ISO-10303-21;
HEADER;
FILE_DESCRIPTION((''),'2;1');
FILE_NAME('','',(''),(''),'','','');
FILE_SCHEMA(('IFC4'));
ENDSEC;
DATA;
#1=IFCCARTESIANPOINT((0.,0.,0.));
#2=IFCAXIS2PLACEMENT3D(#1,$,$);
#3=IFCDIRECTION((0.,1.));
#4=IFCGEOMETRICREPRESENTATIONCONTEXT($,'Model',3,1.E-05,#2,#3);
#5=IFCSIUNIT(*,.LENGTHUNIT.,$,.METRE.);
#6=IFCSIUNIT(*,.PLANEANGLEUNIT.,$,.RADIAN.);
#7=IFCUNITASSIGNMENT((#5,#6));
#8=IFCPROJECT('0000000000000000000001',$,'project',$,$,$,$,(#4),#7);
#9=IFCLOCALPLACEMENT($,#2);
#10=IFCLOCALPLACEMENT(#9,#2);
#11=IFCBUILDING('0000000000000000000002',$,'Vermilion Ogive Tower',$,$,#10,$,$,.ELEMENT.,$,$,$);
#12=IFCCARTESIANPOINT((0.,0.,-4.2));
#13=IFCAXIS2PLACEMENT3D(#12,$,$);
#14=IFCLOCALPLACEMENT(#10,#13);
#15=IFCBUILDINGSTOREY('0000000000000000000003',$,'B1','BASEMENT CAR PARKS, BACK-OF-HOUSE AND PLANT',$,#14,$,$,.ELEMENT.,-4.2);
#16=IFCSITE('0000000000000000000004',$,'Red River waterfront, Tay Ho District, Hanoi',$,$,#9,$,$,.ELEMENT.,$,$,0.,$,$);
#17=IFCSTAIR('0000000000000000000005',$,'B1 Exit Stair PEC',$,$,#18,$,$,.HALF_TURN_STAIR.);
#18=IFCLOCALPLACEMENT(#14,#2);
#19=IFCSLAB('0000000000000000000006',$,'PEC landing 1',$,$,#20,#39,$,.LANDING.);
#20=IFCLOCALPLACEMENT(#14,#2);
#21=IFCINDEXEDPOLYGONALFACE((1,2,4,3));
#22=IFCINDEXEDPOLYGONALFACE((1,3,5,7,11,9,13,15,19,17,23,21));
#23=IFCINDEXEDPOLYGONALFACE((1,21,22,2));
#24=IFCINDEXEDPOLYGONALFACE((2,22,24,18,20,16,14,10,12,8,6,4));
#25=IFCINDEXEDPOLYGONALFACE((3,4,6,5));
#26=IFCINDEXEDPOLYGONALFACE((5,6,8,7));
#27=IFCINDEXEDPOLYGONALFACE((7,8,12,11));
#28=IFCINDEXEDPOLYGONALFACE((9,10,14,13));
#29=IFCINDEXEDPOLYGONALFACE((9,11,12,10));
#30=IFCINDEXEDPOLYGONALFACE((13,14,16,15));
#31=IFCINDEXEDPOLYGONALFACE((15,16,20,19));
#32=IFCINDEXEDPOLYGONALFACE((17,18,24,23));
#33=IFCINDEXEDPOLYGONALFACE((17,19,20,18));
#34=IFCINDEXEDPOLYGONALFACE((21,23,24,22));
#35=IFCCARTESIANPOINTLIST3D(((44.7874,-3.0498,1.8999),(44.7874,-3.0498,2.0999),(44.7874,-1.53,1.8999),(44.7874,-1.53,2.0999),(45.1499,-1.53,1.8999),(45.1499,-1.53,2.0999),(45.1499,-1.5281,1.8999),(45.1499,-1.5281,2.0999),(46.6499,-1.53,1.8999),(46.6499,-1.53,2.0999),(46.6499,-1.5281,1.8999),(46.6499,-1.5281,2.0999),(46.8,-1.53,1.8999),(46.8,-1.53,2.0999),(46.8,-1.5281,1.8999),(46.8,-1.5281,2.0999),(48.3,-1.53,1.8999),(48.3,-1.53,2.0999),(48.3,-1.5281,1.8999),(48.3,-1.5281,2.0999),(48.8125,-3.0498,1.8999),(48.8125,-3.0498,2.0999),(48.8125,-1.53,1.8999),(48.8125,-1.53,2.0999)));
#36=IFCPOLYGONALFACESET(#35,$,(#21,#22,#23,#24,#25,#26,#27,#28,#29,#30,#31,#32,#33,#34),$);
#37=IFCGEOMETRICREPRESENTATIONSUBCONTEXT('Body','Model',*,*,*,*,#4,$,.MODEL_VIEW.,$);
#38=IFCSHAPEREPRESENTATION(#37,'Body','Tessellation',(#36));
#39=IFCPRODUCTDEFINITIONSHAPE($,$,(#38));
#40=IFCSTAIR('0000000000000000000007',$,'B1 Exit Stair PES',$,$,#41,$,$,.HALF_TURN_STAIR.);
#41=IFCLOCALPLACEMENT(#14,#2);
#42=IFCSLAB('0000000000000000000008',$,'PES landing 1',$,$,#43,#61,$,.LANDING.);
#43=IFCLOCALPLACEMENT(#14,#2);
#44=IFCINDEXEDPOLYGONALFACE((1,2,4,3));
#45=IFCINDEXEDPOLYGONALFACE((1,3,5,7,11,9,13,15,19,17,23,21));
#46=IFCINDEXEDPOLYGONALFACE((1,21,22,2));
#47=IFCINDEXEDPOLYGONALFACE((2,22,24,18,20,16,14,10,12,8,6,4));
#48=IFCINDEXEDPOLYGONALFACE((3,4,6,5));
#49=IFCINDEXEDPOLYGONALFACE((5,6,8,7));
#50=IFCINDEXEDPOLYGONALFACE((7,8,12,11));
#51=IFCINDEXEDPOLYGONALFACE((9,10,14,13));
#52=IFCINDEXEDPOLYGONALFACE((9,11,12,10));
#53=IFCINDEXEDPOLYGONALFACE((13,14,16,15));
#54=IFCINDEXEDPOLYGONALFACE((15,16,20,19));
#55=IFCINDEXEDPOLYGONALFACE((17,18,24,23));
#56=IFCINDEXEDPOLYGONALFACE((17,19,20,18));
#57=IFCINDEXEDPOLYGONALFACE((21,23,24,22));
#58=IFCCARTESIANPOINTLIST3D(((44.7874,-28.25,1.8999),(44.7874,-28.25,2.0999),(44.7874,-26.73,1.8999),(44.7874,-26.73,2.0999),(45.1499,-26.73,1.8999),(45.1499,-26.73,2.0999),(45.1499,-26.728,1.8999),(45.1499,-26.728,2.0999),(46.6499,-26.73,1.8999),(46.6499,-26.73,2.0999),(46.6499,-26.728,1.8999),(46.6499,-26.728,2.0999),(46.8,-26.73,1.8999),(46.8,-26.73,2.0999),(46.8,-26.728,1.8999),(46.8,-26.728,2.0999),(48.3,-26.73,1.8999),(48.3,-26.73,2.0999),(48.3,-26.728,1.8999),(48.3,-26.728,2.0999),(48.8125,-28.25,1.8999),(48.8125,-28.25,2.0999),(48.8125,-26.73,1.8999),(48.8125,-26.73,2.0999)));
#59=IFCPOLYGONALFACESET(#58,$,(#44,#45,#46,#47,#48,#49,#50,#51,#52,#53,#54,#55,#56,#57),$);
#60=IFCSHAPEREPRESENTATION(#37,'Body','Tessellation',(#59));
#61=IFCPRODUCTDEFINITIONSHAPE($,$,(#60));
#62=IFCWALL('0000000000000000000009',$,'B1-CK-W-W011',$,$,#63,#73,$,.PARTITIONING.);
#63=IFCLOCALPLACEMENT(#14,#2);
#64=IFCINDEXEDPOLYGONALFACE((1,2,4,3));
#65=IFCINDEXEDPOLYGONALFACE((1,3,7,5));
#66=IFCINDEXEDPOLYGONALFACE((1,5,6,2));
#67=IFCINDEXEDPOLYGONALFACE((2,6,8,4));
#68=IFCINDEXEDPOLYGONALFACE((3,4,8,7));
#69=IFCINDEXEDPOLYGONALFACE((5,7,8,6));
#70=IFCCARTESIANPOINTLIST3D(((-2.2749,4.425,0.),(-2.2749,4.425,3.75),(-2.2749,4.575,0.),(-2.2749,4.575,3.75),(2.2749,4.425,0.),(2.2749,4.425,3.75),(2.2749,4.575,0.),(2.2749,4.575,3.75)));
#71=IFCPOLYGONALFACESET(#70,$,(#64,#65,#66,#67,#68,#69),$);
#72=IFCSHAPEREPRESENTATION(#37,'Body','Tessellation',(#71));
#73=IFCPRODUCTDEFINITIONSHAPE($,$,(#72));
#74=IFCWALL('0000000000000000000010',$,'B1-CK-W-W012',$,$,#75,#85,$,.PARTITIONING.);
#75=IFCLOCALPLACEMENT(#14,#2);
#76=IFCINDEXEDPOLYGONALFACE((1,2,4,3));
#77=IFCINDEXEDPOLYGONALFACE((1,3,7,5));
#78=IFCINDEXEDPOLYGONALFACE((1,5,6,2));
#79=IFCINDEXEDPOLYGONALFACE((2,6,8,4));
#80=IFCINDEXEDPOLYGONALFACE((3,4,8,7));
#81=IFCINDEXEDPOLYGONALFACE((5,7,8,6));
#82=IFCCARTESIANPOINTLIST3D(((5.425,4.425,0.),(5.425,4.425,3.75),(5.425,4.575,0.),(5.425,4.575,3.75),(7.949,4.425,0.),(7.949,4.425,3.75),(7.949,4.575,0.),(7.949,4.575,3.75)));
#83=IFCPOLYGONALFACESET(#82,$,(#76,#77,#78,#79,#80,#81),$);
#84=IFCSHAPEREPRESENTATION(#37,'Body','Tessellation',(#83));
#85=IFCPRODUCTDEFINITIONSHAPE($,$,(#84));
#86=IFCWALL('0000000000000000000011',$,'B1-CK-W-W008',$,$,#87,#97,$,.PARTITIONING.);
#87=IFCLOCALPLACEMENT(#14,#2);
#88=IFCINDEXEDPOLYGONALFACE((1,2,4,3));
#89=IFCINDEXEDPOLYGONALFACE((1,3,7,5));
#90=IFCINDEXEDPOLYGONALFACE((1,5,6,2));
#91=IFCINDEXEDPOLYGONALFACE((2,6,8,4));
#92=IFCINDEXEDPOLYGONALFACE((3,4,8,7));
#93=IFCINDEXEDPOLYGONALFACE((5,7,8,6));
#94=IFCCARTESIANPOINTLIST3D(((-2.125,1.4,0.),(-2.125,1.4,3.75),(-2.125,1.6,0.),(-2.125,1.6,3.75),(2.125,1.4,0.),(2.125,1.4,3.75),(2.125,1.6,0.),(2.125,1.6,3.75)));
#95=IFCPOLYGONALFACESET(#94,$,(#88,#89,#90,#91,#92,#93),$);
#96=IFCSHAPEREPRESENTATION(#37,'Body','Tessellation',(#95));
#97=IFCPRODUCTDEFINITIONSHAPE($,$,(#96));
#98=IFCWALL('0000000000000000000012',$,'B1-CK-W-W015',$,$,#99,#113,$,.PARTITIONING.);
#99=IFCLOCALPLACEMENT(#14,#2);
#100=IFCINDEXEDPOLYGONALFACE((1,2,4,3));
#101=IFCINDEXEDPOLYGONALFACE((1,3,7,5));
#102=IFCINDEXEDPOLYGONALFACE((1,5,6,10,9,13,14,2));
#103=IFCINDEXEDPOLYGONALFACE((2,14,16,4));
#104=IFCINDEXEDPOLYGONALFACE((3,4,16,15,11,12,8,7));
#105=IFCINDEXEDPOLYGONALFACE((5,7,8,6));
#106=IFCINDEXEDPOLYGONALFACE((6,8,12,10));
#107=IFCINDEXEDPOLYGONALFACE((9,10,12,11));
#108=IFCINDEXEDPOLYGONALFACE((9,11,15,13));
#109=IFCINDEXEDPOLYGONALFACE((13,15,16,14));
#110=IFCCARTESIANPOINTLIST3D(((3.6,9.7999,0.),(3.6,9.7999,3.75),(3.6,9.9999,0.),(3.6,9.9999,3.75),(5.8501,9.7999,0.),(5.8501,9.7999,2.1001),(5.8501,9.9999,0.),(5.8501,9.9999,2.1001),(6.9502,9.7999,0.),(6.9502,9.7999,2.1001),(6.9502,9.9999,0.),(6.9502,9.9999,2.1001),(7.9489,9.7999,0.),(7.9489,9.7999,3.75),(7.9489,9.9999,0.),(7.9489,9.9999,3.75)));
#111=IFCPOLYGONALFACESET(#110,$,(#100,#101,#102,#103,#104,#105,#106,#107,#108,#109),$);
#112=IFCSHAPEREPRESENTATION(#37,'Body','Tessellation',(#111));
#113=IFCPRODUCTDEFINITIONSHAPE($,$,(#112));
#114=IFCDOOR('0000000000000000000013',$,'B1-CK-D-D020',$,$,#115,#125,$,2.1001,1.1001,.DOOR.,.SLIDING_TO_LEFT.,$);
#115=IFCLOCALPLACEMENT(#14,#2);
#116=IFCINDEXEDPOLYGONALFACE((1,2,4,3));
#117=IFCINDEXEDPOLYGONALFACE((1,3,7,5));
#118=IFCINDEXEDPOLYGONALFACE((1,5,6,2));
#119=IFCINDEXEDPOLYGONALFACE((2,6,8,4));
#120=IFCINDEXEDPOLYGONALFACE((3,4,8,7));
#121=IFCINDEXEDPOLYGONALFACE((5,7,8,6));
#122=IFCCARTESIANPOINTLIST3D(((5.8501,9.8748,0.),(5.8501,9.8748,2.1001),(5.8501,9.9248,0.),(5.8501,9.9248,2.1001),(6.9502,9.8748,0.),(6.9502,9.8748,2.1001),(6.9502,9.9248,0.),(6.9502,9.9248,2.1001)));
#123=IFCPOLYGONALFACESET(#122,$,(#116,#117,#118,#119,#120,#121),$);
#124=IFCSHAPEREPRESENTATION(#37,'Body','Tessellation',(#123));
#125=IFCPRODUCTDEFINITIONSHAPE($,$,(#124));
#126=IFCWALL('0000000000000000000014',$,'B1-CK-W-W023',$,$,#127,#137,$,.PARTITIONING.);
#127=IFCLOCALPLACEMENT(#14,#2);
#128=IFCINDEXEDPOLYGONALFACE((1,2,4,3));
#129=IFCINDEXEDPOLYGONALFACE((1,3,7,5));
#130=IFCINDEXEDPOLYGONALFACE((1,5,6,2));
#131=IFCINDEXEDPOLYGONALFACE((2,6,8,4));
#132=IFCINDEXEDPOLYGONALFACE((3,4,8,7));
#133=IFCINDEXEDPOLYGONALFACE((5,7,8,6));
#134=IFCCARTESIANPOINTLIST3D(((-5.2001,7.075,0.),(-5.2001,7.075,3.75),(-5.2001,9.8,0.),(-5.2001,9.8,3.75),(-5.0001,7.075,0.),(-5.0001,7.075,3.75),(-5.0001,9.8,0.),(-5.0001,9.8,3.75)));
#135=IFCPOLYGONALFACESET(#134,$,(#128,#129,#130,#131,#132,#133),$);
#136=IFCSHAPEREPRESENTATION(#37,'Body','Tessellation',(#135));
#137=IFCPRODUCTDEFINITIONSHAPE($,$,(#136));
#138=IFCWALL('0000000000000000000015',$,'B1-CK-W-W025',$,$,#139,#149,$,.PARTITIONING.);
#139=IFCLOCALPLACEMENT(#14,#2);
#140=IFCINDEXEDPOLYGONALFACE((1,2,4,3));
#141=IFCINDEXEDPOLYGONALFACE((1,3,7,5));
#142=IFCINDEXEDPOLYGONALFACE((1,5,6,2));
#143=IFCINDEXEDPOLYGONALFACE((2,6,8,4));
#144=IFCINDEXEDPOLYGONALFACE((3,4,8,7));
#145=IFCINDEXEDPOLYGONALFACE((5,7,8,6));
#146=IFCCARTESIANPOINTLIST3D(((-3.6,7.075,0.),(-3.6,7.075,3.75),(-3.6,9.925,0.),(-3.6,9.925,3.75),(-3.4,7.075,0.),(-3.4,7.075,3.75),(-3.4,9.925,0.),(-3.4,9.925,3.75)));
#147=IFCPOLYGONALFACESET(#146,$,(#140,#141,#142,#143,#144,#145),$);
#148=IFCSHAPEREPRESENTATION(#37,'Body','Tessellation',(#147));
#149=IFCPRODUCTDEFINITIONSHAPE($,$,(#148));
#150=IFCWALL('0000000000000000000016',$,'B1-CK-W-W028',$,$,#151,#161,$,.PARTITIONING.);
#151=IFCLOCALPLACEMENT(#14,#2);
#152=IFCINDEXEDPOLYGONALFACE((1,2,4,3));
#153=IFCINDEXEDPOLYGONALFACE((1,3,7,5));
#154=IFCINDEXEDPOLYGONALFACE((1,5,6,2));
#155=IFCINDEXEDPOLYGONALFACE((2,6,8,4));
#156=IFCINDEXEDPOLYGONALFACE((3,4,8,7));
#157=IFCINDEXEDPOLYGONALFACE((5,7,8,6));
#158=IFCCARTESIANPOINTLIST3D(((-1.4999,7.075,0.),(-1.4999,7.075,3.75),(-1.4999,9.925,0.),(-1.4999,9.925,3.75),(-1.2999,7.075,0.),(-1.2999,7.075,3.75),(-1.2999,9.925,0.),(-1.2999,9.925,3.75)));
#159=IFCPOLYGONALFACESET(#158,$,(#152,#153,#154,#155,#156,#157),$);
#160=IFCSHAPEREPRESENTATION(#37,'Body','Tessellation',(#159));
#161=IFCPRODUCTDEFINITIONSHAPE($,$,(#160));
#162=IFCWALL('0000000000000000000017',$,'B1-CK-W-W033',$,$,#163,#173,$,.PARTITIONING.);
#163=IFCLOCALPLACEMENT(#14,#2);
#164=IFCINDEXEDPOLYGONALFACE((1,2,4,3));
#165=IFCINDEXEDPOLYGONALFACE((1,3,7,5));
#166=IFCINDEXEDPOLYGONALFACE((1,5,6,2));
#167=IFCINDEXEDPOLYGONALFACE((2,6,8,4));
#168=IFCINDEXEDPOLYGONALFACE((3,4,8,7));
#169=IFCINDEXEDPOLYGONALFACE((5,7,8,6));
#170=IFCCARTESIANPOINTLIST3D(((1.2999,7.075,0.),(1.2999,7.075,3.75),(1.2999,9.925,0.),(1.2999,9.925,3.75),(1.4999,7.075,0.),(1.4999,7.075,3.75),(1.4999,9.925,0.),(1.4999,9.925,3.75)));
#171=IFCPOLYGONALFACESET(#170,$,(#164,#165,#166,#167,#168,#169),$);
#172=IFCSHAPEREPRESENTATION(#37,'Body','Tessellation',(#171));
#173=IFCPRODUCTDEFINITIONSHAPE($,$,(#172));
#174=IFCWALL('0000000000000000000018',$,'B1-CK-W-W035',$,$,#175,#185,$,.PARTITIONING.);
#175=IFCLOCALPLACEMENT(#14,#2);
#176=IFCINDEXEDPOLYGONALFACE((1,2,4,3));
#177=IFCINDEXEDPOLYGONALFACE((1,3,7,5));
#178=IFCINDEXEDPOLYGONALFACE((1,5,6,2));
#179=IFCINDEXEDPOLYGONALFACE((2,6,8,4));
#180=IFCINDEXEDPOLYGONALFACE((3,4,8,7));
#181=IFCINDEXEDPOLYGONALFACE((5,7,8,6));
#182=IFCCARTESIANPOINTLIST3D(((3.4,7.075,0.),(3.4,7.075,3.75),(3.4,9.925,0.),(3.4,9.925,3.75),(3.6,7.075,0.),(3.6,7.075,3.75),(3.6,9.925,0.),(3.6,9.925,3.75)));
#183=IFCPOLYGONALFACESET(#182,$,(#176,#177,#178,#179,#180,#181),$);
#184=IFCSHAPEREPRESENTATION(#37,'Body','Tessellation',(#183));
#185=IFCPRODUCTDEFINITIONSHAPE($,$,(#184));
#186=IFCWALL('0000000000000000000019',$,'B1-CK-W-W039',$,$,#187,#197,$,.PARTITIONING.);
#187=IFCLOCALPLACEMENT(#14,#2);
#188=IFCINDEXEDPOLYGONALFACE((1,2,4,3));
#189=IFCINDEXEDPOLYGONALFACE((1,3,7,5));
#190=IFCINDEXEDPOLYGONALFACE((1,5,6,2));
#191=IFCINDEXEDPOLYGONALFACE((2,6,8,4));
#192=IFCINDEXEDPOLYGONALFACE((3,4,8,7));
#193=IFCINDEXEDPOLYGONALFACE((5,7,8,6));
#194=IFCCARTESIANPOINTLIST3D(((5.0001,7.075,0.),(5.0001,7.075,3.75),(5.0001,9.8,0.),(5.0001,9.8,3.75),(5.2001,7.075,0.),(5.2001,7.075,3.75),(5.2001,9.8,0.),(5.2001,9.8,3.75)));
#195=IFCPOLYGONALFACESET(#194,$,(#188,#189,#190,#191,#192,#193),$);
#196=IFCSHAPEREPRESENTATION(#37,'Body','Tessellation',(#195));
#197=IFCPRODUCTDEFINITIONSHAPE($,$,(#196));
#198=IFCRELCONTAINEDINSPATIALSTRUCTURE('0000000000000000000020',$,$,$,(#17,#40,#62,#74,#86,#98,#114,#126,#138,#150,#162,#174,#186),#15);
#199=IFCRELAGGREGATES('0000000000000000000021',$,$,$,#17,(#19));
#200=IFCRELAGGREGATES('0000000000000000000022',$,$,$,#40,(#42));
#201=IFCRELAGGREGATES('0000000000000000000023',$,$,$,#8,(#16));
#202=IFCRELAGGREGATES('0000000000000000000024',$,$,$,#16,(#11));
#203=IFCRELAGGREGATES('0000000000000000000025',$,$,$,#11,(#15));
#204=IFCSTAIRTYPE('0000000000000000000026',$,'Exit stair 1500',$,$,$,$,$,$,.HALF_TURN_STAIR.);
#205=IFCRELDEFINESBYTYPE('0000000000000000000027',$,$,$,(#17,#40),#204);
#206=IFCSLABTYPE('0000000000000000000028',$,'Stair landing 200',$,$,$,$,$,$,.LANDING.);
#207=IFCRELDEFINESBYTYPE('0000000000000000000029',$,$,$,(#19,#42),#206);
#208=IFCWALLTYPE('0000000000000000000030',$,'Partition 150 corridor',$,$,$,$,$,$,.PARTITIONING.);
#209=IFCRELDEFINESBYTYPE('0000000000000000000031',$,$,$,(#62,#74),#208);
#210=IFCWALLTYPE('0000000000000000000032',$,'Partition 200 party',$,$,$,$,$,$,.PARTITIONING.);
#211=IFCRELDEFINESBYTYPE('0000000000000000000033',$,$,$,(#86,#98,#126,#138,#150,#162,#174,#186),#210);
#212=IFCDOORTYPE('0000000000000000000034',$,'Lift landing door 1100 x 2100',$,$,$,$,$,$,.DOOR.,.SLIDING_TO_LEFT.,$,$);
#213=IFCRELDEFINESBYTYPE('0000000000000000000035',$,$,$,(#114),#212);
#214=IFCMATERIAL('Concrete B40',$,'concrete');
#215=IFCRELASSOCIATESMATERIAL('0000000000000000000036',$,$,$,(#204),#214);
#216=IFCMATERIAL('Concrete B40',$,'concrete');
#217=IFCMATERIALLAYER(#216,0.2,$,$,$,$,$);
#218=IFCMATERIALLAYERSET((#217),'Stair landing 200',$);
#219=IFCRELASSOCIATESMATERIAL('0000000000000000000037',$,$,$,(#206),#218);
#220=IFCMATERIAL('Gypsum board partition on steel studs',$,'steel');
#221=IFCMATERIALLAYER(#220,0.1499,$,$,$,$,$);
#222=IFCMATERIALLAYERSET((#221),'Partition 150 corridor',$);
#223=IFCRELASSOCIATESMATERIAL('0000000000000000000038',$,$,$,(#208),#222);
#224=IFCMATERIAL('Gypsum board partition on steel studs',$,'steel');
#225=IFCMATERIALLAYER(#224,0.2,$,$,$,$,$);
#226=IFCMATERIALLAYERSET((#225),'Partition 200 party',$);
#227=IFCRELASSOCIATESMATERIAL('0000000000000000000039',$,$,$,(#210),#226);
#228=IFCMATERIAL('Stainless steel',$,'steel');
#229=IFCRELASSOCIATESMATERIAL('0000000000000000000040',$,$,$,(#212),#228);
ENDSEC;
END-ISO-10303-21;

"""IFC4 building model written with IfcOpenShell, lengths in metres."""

from ifc_helpers import new_model, si_unit, direction, frame, frame_2d, origin, place, context, subcontext, project, spatial, polyline, rectangle, outline, extrude, material, layer, layer_set, type_object, element, fill, aggregate, save


model = new_model("IFC4")

# Units and contexts
model_context = context("Model", 3, precision=1e-05, world=origin(), true_north=direction((0.0, 1.0)))
body_context = subcontext(model_context, "Body", "Model", "MODEL_VIEW")
ifc_project = project(units=[si_unit("LENGTHUNIT", "METRE"), si_unit("PLANEANGLEUNIT", "RADIAN")], contexts=[model_context])

# Site, building, storey
site_placement = place(None, origin())
site = spatial("IfcSite", under=ifc_project, at=site_placement, Name="Red River waterfront, Tay Ho District, Hanoi", CompositionType="ELEMENT", RefElevation=0.0)
building_placement = place(site_placement, origin())
building = spatial("IfcBuilding", under=site, at=building_placement, Name="Vermilion Ogive Tower", CompositionType="ELEMENT")
storey_placement = place(building_placement, frame((0.0, 0.0, -4.2)))
storey = spatial("IfcBuildingStorey", under=building, at=storey_placement, Name="B1", Description="BASEMENT CAR PARKS, BACK-OF-HOUSE AND PLANT", CompositionType="ELEMENT", Elevation=-4.2)

# Stairs, slabs
ifc_material_1 = material(Name="Concrete B40", Category="concrete")
stair_type = type_object("IfcStairType", Name="Exit stair 1500", PredefinedType="HALF_TURN_STAIR", material=ifc_material_1)
ifc_material_2 = material(Name="Concrete B40", Category="concrete")
ifc_layer_1 = layer(ifc_material_2, 0.2)
ifc_layer_set_1 = layer_set([ifc_layer_1], Name="Stair landing 200")
slab_type_1 = type_object("IfcSlabType", Name="Stair landing 200", PredefinedType="LANDING", material=ifc_layer_set_1)
stair_1_placement = place(storey_placement, origin())
stair_1 = element("IfcStair", 1, at=stair_1_placement, inside=storey, type_object=stair_type, Name="B1 Exit Stair PEC", PredefinedType="HALF_TURN_STAIR")
slab_1_placement = place(storey_placement, frame((0.0, 0.0, 1.8999)))
slab_1 = element("IfcSlab", 2, at=slab_1_placement, type_object=slab_type_1, Name="PEC landing 1", PredefinedType="LANDING", context=body_context, shape_type="SweptSolid", body=[
    extrude(outline(polyline([(48.8125, -1.53), (48.3, -1.53), (48.3, -1.5281), (46.8, -1.5281), (46.8, -1.53), (46.6499, -1.53), (46.6499, -1.5281), (45.1499, -1.5281), (45.1499, -1.53), (44.7874, -1.53), (44.7874, -3.0498), (48.8125, -3.0498), (48.8125, -1.53)])), origin(), (0.0, 0.0, 1.0), 0.2),
])
aggregate(stair_1, [slab_1])
stair_2_placement = place(storey_placement, origin())
stair_2 = element("IfcStair", 3, at=stair_2_placement, inside=storey, type_object=stair_type, Name="B1 Exit Stair PES", PredefinedType="HALF_TURN_STAIR")
slab_2_placement = place(storey_placement, frame((0.0, 0.0, 1.8999)))
slab_2 = element("IfcSlab", 4, at=slab_2_placement, type_object=slab_type_1, Name="PES landing 1", PredefinedType="LANDING", context=body_context, shape_type="SweptSolid", body=[
    extrude(outline(polyline([(48.8125, -26.73), (48.3, -26.73), (48.3, -26.728), (46.8, -26.728), (46.8, -26.73), (46.6499, -26.73), (46.6499, -26.728), (45.1499, -26.728), (45.1499, -26.73), (44.7874, -26.73), (44.7874, -28.25), (48.8125, -28.25), (48.8125, -26.73)])), origin(), (0.0, 0.0, 1.0), 0.2),
])
aggregate(stair_2, [slab_2])

# Walls
ifc_material_3 = material(Name="Gypsum board partition on steel studs", Category="steel")
ifc_layer_2 = layer(ifc_material_3, 0.1499)
ifc_layer_set_2 = layer_set([ifc_layer_2], Name="Partition 150 corridor")
wall_type_1 = type_object("IfcWallType", Name="Partition 150 corridor", PredefinedType="PARTITIONING", material=ifc_layer_set_2)
wall_1_placement = place(storey_placement, frame((-2.2749, 4.5, 0.0), z_axis=(0.0, 0.0, 1.0), x_axis=(1.0, 0.0, 0.0)))
element("IfcWall", 5, at=wall_1_placement, inside=storey, type_object=wall_type_1, Name="B1-CK-W-W011", PredefinedType="PARTITIONING", context=body_context, shape_type="SweptSolid", body=[
    extrude(rectangle(XDim=4.5498, YDim=0.1499, at=frame_2d((2.2749, 0.0))), origin(), (0.0, 0.0, 1.0), 3.75),
])
wall_2_placement = place(storey_placement, frame((5.425, 4.5, 0.0), z_axis=(0.0, 0.0, 1.0), x_axis=(1.0, 0.0, 0.0)))
element("IfcWall", 6, at=wall_2_placement, inside=storey, type_object=wall_type_1, Name="B1-CK-W-W012", PredefinedType="PARTITIONING", context=body_context, shape_type="SweptSolid", body=[
    extrude(rectangle(XDim=2.5239, YDim=0.1499, at=frame_2d((1.262, 0.0))), origin(), (0.0, 0.0, 1.0), 3.75),
])
ifc_material_4 = material(Name="Gypsum board partition on steel studs", Category="steel")
ifc_layer_3 = layer(ifc_material_4, 0.2)
ifc_layer_set_3 = layer_set([ifc_layer_3], Name="Partition 200 party")
wall_type_2 = type_object("IfcWallType", Name="Partition 200 party", PredefinedType="PARTITIONING", material=ifc_layer_set_3)
wall_3_placement = place(storey_placement, frame((-2.125, 1.5, 0.0), z_axis=(0.0, 0.0, 1.0), x_axis=(1.0, 0.0, 0.0)))
element("IfcWall", 7, at=wall_3_placement, inside=storey, type_object=wall_type_2, Name="B1-CK-W-W008", PredefinedType="PARTITIONING", context=body_context, shape_type="SweptSolid", body=[
    extrude(rectangle(XDim=4.25, YDim=0.2, at=frame_2d((2.125, 0.0))), origin(), (0.0, 0.0, 1.0), 3.75),
])

# Wall, opening, door
wall_4_placement = place(storey_placement, frame((3.6001, 9.8999, 0.0), z_axis=(0.0, 0.0, 1.0), x_axis=(1.0, 0.0, 0.0)))
wall_4 = element("IfcWall", 8, at=wall_4_placement, inside=storey, type_object=wall_type_2, Name="B1-CK-W-W015", PredefinedType="PARTITIONING", context=body_context, shape_type="SweptSolid", body=[
    extrude(rectangle(XDim=4.3489, YDim=0.2, at=frame_2d((2.1743, 0.0))), origin(), (0.0, 0.0, 1.0), 3.75),
])
opening_placement = place(wall_4_placement, frame((2.25, 0.0, 0.0)))
opening = element("IfcOpeningElement", 9, at=opening_placement, cuts=wall_4, PredefinedType="OPENING", context=body_context, shape_type="SweptSolid", body=[
    extrude(rectangle(XDim=1.1001, YDim=2.1001, at=frame_2d((0.55, 1.05))), frame((0.0, 0.1099, 0.0), z_axis=(0.0, -1.0, 0.0), x_axis=(1.0, 0.0, 0.0)), (0.0, 0.0, 1.0), 0.22),
])
ifc_material_5 = material(Name="Stainless steel", Category="steel")
door_type = type_object("IfcDoorType", Name="Lift landing door 1100 x 2100", OperationType="SLIDING_TO_LEFT", PredefinedType="DOOR", material=ifc_material_5)
door_placement = place(opening_placement, origin())
door = element("IfcDoor", 10, at=door_placement, inside=storey, type_object=door_type, Name="B1-CK-D-D020", OperationType="SLIDING_TO_LEFT", OverallHeight=2.1001, OverallWidth=1.1001, PredefinedType="DOOR", context=body_context, shape_type="SweptSolid", body=[
    extrude(rectangle(XDim=1.1001, YDim=2.1001, at=frame_2d((0.55, 1.05))), frame((0.0, 0.0249, 0.0), z_axis=(0.0, -1.0, 0.0), x_axis=(1.0, 0.0, 0.0)), (0.0, 0.0, 1.0), 0.05),
])
fill(opening, door)

# Walls
wall_5_placement = place(storey_placement, frame((-5.1001, 7.075, 0.0), z_axis=(0.0, 0.0, 1.0), x_axis=(0.0, 1.0, 0.0)))
element("IfcWall", 11, at=wall_5_placement, inside=storey, type_object=wall_type_2, Name="B1-CK-W-W023", PredefinedType="PARTITIONING", context=body_context, shape_type="SweptSolid", body=[
    extrude(rectangle(XDim=2.7251, YDim=0.2, at=frame_2d((1.3625, 0.0))), origin(), (0.0, 0.0, 1.0), 3.75),
])
for number, where, z_axis, x_axis, name in (
    (12, (-3.5, 7.075, 0.0), (0.0, 0.0, 1.0), (0.0, 1.0, 0.0), "B1-CK-W-W025"),
    (13, (-1.3999, 7.075, 0.0), (0.0, 0.0, 1.0), (0.0, 1.0, 0.0), "B1-CK-W-W028"),
    (14, (1.3999, 7.075, 0.0), (0.0, 0.0, 1.0), (0.0, 1.0, 0.0), "B1-CK-W-W033"),
    (15, (3.5, 7.075, 0.0), (0.0, 0.0, 1.0), (0.0, 1.0, 0.0), "B1-CK-W-W035"),
):
    element("IfcWall", number, at=place(storey_placement, frame(where, z_axis=z_axis, x_axis=x_axis)), inside=storey, type_object=wall_type_2, Name=name, PredefinedType="PARTITIONING", context=body_context, shape_type="SweptSolid", body=[
        extrude(rectangle(XDim=2.8501, YDim=0.2, at=frame_2d((1.425, 0.0))), origin(), (0.0, 0.0, 1.0), 3.75),
    ])
wall_6_placement = place(storey_placement, frame((5.1001, 7.075, 0.0), z_axis=(0.0, 0.0, 1.0), x_axis=(0.0, 1.0, 0.0)))
element("IfcWall", 16, at=wall_6_placement, inside=storey, type_object=wall_type_2, Name="B1-CK-W-W039", PredefinedType="PARTITIONING", context=body_context, shape_type="SweptSolid", body=[
    extrude(rectangle(XDim=2.7251, YDim=0.2, at=frame_2d((1.3625, 0.0))), origin(), (0.0, 0.0, 1.0), 3.75),
])

save(model, "model.ifc")
